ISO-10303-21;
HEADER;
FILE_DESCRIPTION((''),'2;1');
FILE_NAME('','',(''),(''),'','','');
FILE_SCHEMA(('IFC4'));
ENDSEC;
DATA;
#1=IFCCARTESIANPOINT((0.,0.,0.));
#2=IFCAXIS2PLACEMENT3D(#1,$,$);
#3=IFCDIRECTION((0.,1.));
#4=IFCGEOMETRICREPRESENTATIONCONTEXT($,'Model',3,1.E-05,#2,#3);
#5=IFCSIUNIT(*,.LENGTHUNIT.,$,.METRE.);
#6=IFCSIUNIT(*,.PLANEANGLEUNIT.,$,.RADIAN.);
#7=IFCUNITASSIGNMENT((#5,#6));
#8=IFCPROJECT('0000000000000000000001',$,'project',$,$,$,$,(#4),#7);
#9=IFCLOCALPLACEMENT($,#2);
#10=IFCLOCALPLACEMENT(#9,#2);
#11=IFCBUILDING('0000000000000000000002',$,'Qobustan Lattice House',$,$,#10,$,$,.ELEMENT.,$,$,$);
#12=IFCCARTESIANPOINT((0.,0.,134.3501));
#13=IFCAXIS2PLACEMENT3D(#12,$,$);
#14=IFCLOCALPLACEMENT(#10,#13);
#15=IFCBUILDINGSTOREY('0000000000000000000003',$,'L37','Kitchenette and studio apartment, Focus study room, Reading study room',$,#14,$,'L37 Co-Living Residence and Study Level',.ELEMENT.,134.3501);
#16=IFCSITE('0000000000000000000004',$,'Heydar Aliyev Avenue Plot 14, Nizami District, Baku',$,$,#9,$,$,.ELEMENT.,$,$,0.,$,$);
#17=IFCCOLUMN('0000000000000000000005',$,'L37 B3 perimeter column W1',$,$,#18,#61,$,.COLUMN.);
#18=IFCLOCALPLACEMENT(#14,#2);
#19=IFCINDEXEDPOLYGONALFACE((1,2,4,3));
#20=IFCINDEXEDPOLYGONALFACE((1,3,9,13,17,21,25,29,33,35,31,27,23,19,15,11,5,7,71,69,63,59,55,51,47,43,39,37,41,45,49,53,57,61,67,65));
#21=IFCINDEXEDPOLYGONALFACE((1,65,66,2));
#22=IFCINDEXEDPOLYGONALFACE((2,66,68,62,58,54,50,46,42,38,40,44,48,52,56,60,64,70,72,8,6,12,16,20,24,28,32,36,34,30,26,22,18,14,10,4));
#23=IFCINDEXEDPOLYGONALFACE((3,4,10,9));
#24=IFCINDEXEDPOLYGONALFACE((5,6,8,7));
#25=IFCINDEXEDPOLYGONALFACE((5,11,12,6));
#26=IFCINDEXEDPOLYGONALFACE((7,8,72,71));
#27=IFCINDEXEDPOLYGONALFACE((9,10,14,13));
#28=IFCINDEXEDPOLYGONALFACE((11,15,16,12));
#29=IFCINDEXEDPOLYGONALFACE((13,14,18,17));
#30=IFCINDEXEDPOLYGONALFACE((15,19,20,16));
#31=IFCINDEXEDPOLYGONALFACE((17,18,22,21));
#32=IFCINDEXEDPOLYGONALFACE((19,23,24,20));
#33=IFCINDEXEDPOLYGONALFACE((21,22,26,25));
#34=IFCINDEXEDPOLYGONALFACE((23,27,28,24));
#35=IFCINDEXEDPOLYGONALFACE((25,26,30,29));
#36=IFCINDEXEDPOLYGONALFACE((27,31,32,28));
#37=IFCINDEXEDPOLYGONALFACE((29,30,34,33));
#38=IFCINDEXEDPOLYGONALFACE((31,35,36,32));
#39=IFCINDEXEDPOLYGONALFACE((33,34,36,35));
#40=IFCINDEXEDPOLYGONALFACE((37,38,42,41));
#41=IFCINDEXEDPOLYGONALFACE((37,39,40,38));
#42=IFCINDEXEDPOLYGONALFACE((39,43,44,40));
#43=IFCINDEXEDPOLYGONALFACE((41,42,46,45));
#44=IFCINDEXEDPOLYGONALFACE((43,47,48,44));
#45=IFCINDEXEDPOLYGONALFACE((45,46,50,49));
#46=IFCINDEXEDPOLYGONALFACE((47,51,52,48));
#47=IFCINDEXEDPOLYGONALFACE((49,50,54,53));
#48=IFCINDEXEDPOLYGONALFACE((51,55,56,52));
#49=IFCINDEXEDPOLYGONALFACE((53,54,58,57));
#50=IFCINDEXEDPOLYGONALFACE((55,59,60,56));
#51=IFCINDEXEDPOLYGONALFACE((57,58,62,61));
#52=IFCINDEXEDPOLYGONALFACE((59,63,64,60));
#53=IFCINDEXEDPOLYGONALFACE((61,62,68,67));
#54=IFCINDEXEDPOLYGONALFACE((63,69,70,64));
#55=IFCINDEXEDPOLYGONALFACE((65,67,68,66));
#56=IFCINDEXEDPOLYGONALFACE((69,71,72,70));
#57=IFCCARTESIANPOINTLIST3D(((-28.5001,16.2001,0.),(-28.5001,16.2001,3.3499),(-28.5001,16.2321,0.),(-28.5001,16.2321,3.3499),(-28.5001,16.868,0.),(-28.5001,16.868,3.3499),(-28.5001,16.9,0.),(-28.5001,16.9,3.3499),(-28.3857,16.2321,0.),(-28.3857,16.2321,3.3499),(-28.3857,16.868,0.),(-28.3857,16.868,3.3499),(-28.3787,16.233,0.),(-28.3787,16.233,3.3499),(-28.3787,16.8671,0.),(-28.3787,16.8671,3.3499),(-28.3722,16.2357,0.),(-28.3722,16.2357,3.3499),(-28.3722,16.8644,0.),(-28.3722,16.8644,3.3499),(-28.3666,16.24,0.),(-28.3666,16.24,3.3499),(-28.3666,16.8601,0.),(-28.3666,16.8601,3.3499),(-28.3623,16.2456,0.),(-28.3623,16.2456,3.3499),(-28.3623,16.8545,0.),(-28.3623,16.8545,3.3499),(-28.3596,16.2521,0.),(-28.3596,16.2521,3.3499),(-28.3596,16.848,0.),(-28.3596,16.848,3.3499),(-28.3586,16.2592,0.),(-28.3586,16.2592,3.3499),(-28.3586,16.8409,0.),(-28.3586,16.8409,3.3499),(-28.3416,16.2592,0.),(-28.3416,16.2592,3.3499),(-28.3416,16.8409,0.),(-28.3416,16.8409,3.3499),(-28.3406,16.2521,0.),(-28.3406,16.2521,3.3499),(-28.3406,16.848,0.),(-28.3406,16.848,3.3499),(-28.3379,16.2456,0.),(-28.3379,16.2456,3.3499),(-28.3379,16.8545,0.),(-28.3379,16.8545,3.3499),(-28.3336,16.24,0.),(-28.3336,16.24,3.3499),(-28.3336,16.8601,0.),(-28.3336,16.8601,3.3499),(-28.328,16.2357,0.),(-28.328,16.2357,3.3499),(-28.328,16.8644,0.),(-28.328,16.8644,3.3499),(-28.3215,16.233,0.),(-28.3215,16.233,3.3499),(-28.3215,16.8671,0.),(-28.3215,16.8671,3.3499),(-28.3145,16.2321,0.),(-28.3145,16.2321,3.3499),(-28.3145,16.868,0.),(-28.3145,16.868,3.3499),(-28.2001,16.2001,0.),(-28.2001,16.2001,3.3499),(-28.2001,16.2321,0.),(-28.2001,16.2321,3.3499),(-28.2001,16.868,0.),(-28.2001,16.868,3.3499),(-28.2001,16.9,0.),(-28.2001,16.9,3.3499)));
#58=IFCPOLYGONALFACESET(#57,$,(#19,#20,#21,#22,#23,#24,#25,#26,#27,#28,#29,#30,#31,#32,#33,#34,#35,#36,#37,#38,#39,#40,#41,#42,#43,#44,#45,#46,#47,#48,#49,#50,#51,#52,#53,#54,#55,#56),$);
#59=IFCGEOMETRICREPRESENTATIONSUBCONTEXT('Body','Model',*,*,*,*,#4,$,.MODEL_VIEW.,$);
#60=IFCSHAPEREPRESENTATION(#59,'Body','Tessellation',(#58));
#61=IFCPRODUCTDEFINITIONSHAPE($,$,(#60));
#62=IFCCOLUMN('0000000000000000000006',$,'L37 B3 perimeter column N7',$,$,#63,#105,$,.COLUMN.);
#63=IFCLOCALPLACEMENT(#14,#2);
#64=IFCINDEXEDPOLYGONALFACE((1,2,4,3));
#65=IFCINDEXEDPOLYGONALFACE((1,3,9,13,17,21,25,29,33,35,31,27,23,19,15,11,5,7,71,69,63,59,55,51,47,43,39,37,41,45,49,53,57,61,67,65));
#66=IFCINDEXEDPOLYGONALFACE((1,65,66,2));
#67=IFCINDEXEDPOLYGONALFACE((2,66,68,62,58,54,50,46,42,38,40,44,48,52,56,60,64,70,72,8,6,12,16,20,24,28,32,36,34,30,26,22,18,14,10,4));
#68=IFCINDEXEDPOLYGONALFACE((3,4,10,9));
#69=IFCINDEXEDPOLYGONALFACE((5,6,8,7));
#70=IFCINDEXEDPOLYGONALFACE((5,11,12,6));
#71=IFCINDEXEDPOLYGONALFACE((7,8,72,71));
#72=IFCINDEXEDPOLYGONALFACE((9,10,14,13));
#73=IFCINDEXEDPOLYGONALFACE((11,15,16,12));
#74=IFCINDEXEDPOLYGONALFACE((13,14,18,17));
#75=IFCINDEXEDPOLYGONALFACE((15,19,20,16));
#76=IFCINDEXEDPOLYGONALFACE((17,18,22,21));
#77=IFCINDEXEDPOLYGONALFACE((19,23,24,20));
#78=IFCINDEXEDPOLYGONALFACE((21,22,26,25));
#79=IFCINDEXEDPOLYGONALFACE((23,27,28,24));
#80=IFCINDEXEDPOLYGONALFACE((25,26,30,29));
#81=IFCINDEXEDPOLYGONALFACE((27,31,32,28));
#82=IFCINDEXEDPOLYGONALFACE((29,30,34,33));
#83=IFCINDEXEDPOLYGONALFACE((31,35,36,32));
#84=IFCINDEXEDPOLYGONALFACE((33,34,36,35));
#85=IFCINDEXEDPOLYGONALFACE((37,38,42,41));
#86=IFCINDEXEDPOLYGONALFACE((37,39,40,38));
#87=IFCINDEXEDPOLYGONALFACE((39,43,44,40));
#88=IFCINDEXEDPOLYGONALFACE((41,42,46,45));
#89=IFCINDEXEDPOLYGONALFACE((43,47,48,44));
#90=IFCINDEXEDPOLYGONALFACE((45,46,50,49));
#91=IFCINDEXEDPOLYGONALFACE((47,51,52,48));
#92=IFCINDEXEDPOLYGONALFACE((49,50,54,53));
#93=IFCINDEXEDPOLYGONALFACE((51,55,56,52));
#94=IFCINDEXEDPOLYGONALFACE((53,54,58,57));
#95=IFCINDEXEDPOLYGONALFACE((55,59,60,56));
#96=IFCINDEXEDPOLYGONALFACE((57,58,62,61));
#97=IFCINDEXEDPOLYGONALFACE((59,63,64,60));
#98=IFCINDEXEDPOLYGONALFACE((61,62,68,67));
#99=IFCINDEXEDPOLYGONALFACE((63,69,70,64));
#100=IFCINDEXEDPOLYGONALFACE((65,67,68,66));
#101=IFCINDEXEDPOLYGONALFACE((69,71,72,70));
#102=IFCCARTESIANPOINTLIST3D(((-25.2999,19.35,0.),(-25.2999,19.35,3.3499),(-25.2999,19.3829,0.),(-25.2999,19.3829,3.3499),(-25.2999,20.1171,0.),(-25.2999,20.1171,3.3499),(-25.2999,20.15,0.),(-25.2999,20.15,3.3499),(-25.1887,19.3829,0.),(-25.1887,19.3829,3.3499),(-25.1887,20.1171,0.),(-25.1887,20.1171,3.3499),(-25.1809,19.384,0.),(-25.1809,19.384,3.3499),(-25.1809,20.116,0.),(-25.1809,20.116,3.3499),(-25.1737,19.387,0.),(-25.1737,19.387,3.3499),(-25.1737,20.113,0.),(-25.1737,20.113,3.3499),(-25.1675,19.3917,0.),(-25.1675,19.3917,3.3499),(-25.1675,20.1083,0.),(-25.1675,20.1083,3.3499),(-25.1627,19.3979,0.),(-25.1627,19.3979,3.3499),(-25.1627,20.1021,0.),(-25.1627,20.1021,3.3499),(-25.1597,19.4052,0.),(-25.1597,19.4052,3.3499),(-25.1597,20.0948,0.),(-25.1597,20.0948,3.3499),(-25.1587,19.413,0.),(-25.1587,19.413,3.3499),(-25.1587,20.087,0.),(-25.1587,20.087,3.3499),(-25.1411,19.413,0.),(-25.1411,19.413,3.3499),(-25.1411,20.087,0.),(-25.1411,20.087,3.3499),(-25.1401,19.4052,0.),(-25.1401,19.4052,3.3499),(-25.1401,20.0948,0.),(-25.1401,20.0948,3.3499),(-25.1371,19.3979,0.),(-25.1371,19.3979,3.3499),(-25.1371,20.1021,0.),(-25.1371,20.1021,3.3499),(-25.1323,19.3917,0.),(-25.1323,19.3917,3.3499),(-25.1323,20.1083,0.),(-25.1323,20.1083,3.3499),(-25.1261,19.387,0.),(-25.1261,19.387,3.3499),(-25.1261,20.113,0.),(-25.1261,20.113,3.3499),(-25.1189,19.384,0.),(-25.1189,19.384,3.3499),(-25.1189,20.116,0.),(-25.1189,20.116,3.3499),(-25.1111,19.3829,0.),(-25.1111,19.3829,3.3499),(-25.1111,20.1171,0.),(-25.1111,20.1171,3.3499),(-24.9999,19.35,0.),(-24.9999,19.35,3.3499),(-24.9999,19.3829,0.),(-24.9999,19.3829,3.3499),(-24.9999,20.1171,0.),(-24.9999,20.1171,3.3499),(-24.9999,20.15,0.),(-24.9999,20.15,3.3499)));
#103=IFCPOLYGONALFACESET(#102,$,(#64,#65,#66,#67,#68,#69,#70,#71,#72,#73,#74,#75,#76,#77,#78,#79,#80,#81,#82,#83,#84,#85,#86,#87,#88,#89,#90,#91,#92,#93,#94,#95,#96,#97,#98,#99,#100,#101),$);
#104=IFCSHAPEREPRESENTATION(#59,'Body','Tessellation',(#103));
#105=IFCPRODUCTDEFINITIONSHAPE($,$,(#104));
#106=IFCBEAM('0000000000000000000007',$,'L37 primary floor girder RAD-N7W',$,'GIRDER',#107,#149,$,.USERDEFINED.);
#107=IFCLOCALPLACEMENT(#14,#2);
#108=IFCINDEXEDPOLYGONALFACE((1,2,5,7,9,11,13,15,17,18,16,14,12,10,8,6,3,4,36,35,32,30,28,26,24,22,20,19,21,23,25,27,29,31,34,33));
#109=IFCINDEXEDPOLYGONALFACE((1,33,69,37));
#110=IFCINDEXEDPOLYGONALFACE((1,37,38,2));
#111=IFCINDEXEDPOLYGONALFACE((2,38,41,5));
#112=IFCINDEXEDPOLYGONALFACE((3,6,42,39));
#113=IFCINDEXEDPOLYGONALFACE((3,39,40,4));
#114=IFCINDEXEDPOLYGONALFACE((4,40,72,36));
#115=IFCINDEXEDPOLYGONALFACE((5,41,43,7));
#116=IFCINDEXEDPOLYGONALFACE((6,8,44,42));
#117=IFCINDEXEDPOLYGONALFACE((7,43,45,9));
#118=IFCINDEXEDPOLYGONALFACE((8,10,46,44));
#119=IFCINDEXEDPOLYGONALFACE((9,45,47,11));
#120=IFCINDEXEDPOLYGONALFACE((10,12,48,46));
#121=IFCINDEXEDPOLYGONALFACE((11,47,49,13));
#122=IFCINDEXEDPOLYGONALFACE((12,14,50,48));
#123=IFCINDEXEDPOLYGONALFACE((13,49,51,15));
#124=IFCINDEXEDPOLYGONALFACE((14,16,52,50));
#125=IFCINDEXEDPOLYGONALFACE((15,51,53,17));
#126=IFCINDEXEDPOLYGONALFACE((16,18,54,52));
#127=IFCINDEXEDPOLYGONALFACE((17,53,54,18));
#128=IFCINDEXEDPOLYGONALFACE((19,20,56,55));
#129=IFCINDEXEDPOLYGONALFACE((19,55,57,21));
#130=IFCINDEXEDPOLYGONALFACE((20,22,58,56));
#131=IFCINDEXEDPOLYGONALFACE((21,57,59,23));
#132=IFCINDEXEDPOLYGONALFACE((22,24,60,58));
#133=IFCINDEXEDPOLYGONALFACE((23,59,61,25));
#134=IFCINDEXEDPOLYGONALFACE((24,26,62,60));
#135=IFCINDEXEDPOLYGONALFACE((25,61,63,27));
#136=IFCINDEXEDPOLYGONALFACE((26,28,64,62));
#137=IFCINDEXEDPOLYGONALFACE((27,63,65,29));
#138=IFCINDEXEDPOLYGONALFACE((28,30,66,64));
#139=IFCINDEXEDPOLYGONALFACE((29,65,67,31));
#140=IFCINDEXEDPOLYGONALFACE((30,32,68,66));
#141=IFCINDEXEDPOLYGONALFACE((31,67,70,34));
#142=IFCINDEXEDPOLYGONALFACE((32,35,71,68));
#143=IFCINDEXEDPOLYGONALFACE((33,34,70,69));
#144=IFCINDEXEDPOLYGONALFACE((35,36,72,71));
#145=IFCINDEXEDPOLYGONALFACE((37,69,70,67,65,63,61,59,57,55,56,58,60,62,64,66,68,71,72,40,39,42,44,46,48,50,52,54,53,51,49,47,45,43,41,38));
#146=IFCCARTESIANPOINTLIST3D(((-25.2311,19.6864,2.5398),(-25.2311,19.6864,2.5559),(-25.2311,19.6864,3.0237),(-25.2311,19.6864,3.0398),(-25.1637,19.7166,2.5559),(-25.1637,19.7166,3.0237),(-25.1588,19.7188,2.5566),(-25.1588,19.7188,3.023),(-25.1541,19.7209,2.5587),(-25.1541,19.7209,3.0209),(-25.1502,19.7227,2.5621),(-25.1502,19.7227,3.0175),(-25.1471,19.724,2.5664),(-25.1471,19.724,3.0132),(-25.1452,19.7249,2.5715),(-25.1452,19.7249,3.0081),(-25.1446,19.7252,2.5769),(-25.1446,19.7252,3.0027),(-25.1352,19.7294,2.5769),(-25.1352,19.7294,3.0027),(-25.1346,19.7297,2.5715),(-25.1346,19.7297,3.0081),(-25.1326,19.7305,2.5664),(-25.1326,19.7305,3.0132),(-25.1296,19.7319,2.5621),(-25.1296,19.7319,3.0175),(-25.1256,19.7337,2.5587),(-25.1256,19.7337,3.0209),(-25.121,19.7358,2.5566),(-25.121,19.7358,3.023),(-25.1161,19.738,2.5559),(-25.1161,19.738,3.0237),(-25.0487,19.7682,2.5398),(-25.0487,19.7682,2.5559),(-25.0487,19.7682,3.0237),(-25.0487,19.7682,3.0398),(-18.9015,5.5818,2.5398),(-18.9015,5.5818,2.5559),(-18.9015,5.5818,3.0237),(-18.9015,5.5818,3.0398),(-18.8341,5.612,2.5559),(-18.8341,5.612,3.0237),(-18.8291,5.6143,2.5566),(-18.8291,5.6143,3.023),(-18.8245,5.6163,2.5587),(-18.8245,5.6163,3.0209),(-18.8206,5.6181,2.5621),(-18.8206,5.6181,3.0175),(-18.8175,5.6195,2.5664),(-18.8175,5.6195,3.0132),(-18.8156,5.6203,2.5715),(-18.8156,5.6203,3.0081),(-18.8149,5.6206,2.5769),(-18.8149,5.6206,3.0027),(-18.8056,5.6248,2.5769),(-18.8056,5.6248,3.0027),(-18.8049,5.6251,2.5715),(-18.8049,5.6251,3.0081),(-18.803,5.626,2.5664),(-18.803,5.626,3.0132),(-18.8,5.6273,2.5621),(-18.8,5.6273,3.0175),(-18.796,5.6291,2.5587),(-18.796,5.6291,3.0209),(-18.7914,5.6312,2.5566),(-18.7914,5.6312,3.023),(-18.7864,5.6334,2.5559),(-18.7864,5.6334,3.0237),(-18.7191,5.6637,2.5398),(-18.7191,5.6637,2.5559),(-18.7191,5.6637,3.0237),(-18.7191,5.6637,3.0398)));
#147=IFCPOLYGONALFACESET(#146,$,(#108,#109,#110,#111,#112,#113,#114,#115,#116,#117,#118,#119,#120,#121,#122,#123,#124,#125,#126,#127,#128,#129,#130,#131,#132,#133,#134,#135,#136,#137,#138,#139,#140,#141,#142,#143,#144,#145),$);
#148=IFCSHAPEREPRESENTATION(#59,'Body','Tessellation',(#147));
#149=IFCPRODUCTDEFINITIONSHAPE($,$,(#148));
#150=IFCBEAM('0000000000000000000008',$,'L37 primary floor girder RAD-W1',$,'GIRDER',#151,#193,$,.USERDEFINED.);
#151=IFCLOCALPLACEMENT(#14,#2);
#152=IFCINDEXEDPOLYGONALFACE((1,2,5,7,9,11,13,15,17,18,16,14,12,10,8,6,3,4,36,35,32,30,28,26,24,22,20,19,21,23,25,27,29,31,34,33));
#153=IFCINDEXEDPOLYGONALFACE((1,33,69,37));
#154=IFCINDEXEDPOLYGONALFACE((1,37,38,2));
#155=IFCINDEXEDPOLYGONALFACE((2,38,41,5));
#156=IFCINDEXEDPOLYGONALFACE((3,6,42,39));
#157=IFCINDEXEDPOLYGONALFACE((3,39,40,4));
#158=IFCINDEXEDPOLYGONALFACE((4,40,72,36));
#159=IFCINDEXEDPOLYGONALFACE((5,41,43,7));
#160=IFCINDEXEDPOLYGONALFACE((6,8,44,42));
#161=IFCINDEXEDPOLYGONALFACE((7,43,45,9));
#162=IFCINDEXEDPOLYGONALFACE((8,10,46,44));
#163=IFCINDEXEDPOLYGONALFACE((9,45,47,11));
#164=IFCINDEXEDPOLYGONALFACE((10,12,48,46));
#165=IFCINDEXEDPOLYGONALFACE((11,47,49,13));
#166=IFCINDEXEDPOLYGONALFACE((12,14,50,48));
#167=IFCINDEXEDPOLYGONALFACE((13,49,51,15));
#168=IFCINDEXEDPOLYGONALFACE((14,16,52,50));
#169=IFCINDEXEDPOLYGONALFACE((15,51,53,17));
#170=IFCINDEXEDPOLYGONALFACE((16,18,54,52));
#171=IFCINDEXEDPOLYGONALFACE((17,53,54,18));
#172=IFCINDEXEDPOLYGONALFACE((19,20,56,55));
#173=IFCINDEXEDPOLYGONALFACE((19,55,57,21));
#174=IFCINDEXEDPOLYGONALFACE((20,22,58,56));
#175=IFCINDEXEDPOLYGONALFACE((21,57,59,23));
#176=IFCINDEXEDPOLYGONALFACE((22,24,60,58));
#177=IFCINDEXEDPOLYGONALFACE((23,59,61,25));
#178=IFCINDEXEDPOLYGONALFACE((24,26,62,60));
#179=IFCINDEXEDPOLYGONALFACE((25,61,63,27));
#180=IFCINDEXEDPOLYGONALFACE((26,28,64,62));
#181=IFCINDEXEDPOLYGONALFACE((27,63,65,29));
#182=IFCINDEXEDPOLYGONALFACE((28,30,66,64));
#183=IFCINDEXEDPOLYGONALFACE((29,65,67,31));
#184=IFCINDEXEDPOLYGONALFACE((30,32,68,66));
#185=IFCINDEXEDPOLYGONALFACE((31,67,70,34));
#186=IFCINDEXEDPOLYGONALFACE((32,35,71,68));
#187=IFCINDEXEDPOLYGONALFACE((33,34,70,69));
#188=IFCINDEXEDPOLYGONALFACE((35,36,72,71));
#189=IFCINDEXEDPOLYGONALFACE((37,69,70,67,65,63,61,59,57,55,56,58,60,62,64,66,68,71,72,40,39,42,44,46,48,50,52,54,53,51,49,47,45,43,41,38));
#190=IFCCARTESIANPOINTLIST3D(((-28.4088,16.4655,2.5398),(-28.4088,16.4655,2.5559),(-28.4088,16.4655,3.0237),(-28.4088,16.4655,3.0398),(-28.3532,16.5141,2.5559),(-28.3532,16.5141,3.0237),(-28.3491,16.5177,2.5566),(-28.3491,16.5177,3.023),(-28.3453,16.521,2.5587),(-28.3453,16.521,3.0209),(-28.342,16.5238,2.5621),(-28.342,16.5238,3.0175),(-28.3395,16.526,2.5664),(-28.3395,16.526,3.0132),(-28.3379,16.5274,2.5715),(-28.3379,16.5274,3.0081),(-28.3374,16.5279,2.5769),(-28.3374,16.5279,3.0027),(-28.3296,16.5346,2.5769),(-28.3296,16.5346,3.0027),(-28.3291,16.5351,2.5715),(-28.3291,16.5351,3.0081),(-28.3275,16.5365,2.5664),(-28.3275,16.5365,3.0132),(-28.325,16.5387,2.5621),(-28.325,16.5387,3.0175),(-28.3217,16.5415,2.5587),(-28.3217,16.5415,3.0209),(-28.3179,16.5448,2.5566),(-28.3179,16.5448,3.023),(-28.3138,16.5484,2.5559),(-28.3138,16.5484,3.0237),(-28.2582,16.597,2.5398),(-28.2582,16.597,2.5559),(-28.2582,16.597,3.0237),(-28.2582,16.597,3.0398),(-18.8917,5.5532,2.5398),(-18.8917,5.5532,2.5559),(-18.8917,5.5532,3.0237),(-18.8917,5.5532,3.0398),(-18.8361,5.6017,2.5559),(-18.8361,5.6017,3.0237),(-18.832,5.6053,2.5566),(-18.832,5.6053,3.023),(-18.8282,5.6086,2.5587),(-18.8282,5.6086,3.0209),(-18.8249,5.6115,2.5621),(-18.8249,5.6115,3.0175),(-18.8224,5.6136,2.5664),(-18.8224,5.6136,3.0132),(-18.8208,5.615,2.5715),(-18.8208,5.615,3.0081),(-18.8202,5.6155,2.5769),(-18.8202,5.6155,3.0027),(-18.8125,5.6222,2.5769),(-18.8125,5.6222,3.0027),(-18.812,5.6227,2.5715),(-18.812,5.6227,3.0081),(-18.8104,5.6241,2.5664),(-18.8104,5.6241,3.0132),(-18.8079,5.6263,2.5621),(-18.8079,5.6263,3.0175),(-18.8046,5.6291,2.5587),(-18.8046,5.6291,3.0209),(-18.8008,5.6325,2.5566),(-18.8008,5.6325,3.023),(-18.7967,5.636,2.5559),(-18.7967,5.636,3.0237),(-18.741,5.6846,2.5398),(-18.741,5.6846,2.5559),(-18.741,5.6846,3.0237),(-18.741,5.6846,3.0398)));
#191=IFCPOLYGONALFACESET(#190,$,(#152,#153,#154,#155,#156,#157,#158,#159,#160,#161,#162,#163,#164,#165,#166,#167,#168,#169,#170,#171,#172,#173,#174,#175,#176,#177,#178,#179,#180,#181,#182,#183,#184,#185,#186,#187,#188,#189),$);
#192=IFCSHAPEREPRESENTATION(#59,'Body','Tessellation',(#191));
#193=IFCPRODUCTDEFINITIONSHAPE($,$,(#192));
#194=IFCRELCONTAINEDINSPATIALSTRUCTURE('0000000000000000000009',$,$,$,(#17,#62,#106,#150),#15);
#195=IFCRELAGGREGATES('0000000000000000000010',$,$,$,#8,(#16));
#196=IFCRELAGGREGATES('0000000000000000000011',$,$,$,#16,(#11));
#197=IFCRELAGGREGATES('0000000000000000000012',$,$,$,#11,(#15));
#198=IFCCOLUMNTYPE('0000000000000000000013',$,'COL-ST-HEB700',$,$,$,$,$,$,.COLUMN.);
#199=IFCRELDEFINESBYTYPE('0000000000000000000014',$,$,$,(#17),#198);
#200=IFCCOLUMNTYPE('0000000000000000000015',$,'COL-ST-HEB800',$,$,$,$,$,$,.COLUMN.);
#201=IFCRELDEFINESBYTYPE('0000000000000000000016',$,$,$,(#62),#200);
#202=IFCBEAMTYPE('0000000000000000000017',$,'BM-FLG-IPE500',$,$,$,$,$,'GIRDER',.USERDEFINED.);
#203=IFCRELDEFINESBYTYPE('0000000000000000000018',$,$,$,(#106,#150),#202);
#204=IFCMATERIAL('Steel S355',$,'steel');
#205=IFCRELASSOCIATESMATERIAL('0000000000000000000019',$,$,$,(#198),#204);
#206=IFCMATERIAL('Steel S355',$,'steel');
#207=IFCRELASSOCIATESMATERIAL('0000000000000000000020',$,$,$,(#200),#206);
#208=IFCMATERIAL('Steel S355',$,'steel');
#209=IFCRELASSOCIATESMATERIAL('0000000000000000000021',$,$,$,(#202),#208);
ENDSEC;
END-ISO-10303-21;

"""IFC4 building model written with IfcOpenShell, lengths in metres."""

from ifc_helpers import new_model, si_unit, direction, frame, origin, origin_2d, place, context, subcontext, project, spatial, i_section, extrude, material, material_profile, profile_set, type_object, element, save


model = new_model("IFC4")

# Units and contexts
model_context = context("Model", 3, precision=1e-05, world=origin(), true_north=direction((0.0, 1.0)))
body_context = subcontext(model_context, "Body", "Model", "MODEL_VIEW")
ifc_project = project(units=[si_unit("LENGTHUNIT", "METRE"), si_unit("PLANEANGLEUNIT", "RADIAN")], contexts=[model_context])

# Site, building, storey
site_placement = place(None, origin())
site = spatial("IfcSite", under=ifc_project, at=site_placement, Name="Heydar Aliyev Avenue Plot 14, Nizami District, Baku", CompositionType="ELEMENT", RefElevation=0.0)
building_placement = place(site_placement, origin())
building = spatial("IfcBuilding", under=site, at=building_placement, Name="Qobustan Lattice House", CompositionType="ELEMENT")
storey_placement = place(building_placement, frame((0.0, 0.0, 134.3501)))
storey = spatial("IfcBuildingStorey", under=building, at=storey_placement, Name="L37", Description="Kitchenette and studio apartment, Focus study room, Reading study room", LongName="L37 Co-Living Residence and Study Level", CompositionType="ELEMENT", Elevation=134.3501)

# Columns
ifc_material_1 = material(Name="Steel S355", Category="steel")
ifc_material_profile_1 = material_profile(ifc_material_1, i_section(OverallWidth=0.3, OverallDepth=0.7, WebThickness=0.0171, FlangeThickness=0.032, FilletRadius=0.0271, at=origin_2d()), Name="HEB700")
ifc_profile_set_1 = profile_set([ifc_material_profile_1], Name="Steel S355")
column_type_1 = type_object("IfcColumnType", Name="COL-ST-HEB700", PredefinedType="COLUMN", material=ifc_profile_set_1)
column_1_placement = place(storey_placement, frame((-28.3501, 16.55, 0.0), z_axis=(0.0, 0.0, 1.0), x_axis=(1.0, 0.0, 0.0)))
element("IfcColumn", 1, at=column_1_placement, inside=storey, type_object=column_type_1, Name="L37 B3 perimeter column W1", PredefinedType="COLUMN", context=body_context, shape_type="SweptSolid", body=[
    extrude(i_section(OverallWidth=0.3, OverallDepth=0.7, WebThickness=0.0171, FlangeThickness=0.032, FilletRadius=0.0271, at=origin_2d()), origin(), (0.0, 0.0, 1.0), 3.3499),
])
ifc_material_2 = material(Name="Steel S355", Category="steel")
ifc_material_profile_2 = material_profile(ifc_material_2, i_section(OverallWidth=0.3, OverallDepth=0.8, WebThickness=0.0176, FlangeThickness=0.033, FilletRadius=0.03, at=origin_2d()), Name="HEB800")
ifc_profile_set_2 = profile_set([ifc_material_profile_2], Name="Steel S355")
column_type_2 = type_object("IfcColumnType", Name="COL-ST-HEB800", PredefinedType="COLUMN", material=ifc_profile_set_2)
column_2_placement = place(storey_placement, frame((-25.1499, 19.75, 0.0), z_axis=(0.0, 0.0, 1.0), x_axis=(1.0, 0.0, 0.0)))
element("IfcColumn", 2, at=column_2_placement, inside=storey, type_object=column_type_2, Name="L37 B3 perimeter column N7", PredefinedType="COLUMN", context=body_context, shape_type="SweptSolid", body=[
    extrude(i_section(OverallWidth=0.3, OverallDepth=0.8, WebThickness=0.0176, FlangeThickness=0.033, FilletRadius=0.03, at=origin_2d()), origin(), (0.0, 0.0, 1.0), 3.3499),
])

# Beams
ifc_material_3 = material(Name="Steel S355", Category="steel")
ifc_material_profile_3 = material_profile(ifc_material_3, i_section(OverallWidth=0.2, OverallDepth=0.5, WebThickness=0.0103, FlangeThickness=0.0161, FilletRadius=0.021, at=origin_2d()), Name="IPE500")
ifc_profile_set_3 = profile_set([ifc_material_profile_3], Name="Steel S355")
beam_type_1 = type_object("IfcBeamType", Name="BM-FLG-IPE500", ElementType="GIRDER", PredefinedType="USERDEFINED", material=ifc_profile_set_3)
beam_1_placement = place(storey_placement, frame((-25.1399, 19.7273, 2.7898), z_axis=(0.409427, -0.912343, 0.0), x_axis=(0.912343, 0.409427, 0.0)))
element("IfcBeam", 3, at=beam_1_placement, inside=storey, type_object=beam_type_1, Name="L37 primary floor girder RAD-N7W", ObjectType="GIRDER", PredefinedType="USERDEFINED", context=body_context, shape_type="SweptSolid", body=[
    extrude(i_section(OverallWidth=0.2, OverallDepth=0.5, WebThickness=0.0103, FlangeThickness=0.0161, FilletRadius=0.021, at=origin_2d()), origin(), (0.0, 0.0, 1.0), 15.4597),
])
beam_2_placement = place(storey_placement, frame((-28.3335, 16.5312, 2.7898), z_axis=(0.657283, -0.753644, 0.0), x_axis=(0.753644, 0.657283, 0.0)))
element("IfcBeam", 4, at=beam_2_placement, inside=storey, type_object=beam_type_1, Name="L37 primary floor girder RAD-W1", ObjectType="GIRDER", PredefinedType="USERDEFINED", context=body_context, shape_type="SweptSolid", body=[
    extrude(i_section(OverallWidth=0.2, OverallDepth=0.5, WebThickness=0.0103, FlangeThickness=0.0161, FilletRadius=0.021, at=origin_2d()), origin(), (0.0, 0.0, 1.0), 14.4795),
])

save(model, "model.ifc")
